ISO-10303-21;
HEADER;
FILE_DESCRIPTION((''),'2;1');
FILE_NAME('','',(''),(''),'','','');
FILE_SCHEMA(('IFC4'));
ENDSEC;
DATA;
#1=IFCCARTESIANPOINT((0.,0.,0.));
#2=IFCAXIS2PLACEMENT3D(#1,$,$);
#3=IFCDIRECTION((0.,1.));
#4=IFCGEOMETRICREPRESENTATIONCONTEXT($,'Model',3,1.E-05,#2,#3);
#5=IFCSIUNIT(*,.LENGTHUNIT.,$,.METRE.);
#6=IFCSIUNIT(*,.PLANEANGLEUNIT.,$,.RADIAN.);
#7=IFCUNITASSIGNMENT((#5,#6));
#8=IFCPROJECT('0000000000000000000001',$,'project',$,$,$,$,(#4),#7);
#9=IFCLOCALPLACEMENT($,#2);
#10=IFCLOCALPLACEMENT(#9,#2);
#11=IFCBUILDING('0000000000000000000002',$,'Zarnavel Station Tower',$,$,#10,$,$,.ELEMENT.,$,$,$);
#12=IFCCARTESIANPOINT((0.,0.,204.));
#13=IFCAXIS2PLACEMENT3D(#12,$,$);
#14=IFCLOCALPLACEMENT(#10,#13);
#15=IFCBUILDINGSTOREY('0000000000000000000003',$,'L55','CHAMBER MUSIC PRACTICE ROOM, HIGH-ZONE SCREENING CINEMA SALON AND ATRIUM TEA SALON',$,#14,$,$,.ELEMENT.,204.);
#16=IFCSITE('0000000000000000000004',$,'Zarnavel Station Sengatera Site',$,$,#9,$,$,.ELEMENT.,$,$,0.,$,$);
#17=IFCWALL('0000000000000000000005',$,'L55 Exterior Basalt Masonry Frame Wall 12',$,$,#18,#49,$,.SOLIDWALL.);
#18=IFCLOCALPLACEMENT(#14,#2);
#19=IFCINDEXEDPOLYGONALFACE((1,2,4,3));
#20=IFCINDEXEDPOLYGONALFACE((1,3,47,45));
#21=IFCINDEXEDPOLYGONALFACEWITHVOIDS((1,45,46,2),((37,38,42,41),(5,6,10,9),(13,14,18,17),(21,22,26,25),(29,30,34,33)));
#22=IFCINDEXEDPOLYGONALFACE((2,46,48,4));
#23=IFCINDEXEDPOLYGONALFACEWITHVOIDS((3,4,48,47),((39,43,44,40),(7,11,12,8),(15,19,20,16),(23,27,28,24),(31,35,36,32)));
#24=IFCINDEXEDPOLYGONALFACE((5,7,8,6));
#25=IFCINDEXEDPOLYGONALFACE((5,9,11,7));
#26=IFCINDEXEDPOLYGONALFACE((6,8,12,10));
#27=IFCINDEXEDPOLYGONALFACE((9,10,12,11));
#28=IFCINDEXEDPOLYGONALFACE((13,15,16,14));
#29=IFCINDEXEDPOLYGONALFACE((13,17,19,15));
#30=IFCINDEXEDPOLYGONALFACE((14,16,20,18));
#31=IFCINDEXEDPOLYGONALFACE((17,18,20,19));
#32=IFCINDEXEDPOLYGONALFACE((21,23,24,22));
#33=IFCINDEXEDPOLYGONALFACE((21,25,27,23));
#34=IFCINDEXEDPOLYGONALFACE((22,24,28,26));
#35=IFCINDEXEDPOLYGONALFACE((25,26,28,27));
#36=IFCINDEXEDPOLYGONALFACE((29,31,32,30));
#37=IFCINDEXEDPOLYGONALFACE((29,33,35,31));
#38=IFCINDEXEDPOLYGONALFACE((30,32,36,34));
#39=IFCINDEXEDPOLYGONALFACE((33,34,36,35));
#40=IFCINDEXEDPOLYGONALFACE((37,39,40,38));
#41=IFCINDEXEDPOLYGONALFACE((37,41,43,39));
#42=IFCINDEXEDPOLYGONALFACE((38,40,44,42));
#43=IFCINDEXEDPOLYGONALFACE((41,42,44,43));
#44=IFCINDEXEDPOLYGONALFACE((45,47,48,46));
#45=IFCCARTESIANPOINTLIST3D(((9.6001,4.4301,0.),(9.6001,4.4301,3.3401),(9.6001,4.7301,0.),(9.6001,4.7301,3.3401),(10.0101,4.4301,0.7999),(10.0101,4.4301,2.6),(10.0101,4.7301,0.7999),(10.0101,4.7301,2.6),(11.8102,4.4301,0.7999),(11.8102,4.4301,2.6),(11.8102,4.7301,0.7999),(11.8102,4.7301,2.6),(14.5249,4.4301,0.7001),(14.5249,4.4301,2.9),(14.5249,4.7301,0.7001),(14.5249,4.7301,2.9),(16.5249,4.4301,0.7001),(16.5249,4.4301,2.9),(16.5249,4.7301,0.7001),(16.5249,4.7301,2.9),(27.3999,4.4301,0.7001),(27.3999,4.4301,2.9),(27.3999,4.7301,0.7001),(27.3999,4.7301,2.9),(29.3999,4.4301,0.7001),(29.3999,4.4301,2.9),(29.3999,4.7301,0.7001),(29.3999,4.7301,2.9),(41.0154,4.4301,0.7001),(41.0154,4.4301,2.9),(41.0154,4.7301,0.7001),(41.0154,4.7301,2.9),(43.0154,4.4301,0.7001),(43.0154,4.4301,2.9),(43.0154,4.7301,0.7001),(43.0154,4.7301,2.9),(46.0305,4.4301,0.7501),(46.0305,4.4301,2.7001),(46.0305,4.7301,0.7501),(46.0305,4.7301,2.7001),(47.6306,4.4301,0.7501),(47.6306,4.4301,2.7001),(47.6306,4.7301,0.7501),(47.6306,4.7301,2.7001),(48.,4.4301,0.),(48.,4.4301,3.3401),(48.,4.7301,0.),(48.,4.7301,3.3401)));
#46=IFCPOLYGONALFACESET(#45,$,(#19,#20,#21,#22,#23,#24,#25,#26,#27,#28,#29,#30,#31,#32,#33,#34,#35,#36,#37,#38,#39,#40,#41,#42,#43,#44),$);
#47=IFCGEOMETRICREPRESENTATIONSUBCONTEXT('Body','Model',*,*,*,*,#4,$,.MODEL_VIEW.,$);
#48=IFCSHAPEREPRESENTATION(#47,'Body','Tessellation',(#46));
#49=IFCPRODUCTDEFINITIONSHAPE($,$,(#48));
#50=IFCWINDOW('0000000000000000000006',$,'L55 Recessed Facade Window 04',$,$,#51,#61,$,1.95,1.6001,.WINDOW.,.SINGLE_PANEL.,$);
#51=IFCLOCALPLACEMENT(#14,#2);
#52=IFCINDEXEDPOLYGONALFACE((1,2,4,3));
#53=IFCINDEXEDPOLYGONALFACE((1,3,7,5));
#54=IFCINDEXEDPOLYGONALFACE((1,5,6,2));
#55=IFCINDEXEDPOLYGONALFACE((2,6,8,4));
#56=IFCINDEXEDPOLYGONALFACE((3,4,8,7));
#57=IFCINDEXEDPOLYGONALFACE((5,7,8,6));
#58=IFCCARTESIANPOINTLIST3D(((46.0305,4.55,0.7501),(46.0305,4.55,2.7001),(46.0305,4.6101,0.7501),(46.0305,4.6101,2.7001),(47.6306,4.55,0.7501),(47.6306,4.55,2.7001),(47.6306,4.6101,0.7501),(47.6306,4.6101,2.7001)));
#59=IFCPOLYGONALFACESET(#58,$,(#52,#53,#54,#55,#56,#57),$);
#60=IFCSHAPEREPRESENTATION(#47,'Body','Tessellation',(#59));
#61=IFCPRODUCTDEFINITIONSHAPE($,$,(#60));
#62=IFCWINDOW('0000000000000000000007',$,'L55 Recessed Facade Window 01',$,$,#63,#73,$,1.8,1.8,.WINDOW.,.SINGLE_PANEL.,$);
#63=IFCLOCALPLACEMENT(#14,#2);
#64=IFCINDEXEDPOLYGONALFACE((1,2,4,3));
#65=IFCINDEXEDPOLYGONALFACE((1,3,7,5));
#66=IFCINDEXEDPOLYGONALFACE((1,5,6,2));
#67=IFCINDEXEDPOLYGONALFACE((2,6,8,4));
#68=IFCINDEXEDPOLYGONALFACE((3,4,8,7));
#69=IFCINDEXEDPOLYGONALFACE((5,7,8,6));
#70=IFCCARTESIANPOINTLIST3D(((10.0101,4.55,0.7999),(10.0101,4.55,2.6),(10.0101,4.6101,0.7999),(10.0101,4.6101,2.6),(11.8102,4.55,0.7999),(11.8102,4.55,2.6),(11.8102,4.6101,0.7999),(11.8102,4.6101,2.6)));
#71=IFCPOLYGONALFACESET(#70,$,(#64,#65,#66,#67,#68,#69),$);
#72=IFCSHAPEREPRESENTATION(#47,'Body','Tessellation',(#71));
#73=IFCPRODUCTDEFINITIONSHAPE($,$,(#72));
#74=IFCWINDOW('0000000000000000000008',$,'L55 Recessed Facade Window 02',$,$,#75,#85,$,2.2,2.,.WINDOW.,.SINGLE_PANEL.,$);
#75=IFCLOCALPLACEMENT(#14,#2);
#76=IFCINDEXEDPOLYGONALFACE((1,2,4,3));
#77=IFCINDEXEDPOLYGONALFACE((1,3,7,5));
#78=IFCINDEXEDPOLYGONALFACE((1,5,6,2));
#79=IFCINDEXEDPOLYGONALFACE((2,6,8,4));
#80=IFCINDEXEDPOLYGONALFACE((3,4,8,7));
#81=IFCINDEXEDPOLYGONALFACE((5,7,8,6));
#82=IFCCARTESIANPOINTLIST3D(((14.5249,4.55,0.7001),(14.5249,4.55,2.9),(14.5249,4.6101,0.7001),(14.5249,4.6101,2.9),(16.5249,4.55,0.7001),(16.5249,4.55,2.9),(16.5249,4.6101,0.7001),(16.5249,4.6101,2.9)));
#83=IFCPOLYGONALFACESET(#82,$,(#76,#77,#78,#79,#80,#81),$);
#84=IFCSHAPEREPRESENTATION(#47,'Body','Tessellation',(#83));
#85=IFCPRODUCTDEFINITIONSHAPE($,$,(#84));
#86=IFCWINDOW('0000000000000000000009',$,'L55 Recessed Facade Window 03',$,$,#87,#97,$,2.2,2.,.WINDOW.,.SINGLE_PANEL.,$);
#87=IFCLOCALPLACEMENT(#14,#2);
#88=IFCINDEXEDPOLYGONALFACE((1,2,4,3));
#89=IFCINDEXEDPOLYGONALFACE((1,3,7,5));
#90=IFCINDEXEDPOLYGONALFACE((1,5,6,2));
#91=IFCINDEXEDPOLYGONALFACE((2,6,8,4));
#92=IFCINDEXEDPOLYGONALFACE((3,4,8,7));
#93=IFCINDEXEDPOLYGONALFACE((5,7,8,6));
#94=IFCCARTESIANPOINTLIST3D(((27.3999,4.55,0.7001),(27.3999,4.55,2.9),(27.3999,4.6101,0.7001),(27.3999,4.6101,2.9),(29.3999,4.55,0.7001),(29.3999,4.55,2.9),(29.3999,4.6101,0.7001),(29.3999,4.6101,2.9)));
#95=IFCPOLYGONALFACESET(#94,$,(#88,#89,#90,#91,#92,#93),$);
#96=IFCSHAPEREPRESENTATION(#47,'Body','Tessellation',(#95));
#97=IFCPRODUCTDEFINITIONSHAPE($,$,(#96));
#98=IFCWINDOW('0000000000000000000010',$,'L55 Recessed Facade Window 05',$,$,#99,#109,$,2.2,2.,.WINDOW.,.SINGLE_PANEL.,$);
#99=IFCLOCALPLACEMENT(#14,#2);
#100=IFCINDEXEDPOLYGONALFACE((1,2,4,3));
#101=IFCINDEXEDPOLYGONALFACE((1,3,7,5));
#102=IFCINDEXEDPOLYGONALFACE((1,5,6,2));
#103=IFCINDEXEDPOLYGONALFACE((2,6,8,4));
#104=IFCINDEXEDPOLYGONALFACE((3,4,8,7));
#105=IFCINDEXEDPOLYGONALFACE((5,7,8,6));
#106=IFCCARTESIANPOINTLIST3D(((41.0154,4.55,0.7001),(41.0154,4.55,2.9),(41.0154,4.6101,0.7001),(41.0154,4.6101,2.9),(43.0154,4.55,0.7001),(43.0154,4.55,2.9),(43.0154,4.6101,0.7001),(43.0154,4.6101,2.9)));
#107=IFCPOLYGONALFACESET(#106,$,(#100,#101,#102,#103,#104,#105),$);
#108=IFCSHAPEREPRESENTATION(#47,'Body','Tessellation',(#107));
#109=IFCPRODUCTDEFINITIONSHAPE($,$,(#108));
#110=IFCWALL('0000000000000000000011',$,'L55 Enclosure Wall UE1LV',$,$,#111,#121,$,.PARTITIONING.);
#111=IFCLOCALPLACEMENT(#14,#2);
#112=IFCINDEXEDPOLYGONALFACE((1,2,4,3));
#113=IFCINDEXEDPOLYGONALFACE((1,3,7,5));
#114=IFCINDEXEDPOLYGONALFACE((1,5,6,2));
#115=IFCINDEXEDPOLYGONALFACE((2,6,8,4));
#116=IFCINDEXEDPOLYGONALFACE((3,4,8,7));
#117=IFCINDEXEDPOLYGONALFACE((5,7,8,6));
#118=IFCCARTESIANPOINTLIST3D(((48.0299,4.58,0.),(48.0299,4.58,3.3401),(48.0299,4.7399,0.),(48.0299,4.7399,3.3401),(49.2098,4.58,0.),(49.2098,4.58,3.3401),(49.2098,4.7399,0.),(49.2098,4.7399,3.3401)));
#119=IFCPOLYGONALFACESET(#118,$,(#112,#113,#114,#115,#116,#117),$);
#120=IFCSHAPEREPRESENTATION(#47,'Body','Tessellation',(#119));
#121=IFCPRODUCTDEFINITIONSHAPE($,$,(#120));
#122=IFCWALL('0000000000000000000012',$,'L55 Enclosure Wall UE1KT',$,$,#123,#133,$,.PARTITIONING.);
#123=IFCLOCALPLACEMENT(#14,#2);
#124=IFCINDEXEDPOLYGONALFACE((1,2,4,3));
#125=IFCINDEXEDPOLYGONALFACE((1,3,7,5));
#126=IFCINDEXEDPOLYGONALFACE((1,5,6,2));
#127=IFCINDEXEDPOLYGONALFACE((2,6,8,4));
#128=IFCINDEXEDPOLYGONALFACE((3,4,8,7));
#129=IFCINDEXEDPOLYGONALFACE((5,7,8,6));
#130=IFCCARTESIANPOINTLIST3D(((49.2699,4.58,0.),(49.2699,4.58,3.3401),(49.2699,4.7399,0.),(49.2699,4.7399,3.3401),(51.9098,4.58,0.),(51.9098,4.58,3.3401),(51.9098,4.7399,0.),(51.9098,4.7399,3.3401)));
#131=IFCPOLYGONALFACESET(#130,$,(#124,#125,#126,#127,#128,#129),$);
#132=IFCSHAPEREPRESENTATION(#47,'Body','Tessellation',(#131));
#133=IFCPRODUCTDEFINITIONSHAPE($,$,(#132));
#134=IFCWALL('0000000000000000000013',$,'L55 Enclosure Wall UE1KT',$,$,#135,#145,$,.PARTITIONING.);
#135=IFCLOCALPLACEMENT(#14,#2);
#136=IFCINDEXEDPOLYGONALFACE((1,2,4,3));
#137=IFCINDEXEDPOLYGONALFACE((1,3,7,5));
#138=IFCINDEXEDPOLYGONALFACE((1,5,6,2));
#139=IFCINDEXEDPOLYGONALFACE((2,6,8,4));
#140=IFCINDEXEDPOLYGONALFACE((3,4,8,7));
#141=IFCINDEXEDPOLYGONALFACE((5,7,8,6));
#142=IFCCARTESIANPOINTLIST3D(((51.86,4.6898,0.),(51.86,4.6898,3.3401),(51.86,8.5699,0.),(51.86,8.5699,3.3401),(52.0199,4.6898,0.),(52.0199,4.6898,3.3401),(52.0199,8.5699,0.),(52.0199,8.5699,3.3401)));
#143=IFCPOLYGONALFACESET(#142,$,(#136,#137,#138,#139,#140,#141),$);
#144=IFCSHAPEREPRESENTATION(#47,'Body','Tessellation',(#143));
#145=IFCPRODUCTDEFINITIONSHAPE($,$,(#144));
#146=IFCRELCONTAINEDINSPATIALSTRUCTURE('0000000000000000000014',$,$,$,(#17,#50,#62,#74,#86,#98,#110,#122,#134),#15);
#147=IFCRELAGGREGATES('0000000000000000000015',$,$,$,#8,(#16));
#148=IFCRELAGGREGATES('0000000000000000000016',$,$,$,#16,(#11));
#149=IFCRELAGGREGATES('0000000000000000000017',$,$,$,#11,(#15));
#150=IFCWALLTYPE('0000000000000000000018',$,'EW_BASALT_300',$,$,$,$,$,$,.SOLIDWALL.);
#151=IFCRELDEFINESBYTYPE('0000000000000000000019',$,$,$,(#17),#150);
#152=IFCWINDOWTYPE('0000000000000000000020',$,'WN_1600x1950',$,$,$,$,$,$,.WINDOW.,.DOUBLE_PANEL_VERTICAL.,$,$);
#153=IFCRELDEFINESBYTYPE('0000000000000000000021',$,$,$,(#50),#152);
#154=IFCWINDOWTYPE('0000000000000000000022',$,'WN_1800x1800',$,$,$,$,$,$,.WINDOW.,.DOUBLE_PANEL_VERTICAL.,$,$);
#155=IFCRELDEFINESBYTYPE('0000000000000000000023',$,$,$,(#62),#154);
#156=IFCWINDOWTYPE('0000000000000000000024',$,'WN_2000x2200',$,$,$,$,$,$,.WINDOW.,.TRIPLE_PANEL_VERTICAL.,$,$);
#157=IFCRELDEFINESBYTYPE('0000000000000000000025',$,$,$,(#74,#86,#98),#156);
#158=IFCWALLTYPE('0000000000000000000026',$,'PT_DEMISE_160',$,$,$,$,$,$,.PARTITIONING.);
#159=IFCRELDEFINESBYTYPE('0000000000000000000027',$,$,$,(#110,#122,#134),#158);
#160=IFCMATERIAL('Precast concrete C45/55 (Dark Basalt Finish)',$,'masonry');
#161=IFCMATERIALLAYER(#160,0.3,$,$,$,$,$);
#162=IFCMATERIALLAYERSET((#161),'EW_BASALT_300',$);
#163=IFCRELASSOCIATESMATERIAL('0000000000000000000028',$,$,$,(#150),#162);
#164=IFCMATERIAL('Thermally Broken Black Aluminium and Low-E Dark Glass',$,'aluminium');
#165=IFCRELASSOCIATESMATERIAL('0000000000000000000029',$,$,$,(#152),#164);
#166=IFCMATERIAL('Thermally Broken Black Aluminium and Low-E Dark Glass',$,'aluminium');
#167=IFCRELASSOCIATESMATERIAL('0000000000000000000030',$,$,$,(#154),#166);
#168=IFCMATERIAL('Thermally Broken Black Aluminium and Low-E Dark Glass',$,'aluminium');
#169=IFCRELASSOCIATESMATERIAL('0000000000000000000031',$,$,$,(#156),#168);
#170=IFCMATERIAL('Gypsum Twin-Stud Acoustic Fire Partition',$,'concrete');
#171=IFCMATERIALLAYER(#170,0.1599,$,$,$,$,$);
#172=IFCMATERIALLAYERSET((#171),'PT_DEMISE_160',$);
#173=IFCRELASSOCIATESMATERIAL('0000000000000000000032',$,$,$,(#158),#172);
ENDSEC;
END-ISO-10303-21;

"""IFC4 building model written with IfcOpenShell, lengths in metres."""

from ifc_helpers import new_model, si_unit, direction, frame, frame_2d, origin, place, context, subcontext, project, spatial, rectangle, extrude, material, layer, layer_set, type_object, element, fill, save


model = new_model("IFC4")

# Units and contexts
model_context = context("Model", 3, precision=1e-05, world=origin(), true_north=direction((0.0, 1.0)))
body_context = subcontext(model_context, "Body", "Model", "MODEL_VIEW")
ifc_project = project(units=[si_unit("LENGTHUNIT", "METRE"), si_unit("PLANEANGLEUNIT", "RADIAN")], contexts=[model_context])

# Site, building, storey
site_placement = place(None, origin())
site = spatial("IfcSite", under=ifc_project, at=site_placement, Name="Zarnavel Station Sengatera Site", CompositionType="ELEMENT", RefElevation=0.0)
building_placement = place(site_placement, origin())
building = spatial("IfcBuilding", under=site, at=building_placement, Name="Zarnavel Station Tower", CompositionType="ELEMENT")
storey_placement = place(building_placement, frame((0.0, 0.0, 204.0)))
storey = spatial("IfcBuildingStorey", under=building, at=storey_placement, Name="L55", Description="CHAMBER MUSIC PRACTICE ROOM, HIGH-ZONE SCREENING CINEMA SALON AND ATRIUM TEA SALON", CompositionType="ELEMENT", Elevation=204.0)

# Shared definitions
ifc_material_1 = material(Name="Precast concrete C45/55 (Dark Basalt Finish)", Category="masonry")
ifc_layer_1 = layer(ifc_material_1, 0.3)
ifc_layer_set_1 = layer_set([ifc_layer_1], Name="EW_BASALT_300")
wall_type_1 = type_object("IfcWallType", Name="EW_BASALT_300", PredefinedType="SOLIDWALL", material=ifc_layer_set_1)

# Wall, openings, windows
wall_1_placement = place(storey_placement, frame((48.0, 4.5801, 0.0), z_axis=(0.0, 0.0, 1.0), x_axis=(-1.0, 0.0, 0.0)))
wall_1 = element("IfcWall", 1, at=wall_1_placement, inside=storey, type_object=wall_type_1, Name="L55 Exterior Basalt Masonry Frame Wall 12", PredefinedType="SOLIDWALL", context=body_context, shape_type="SweptSolid", body=[
    extrude(rectangle(XDim=38.3999, YDim=0.3, at=frame_2d((19.2, 0.0))), origin(), (0.0, 0.0, 1.0), 3.3401),
])
opening_1_placement = place(wall_1_placement, frame((36.1899, 0.0, 0.8)))
opening_1 = element("IfcOpeningElement", 2, at=opening_1_placement, cuts=wall_1, PredefinedType="OPENING", context=body_context, shape_type="SweptSolid", body=[
    extrude(rectangle(XDim=1.8, YDim=1.8, at=frame_2d((0.8999, 0.8999))), frame((0.0, 0.1599, 0.0), z_axis=(0.0, -1.0, 0.0), x_axis=(1.0, 0.0, 0.0)), (0.0, 0.0, 1.0), 0.3201),
])
opening_2_placement = place(wall_1_placement, frame((31.4751, 0.0, 0.7)))
opening_2 = element("IfcOpeningElement", 3, at=opening_2_placement, cuts=wall_1, PredefinedType="OPENING", context=body_context, shape_type="SweptSolid", body=[
    extrude(rectangle(XDim=2.0, YDim=2.2, at=frame_2d((1.0, 1.1001))), frame((0.0, 0.1599, 0.0), z_axis=(0.0, -1.0, 0.0), x_axis=(1.0, 0.0, 0.0)), (0.0, 0.0, 1.0), 0.3201),
])
opening_3_placement = place(wall_1_placement, frame((18.6001, 0.0, 0.7)))
opening_3 = element("IfcOpeningElement", 4, at=opening_3_placement, cuts=wall_1, PredefinedType="OPENING", context=body_context, shape_type="SweptSolid", body=[
    extrude(rectangle(XDim=2.0, YDim=2.2, at=frame_2d((1.0, 1.1001))), frame((0.0, 0.1599, 0.0), z_axis=(0.0, -1.0, 0.0), x_axis=(1.0, 0.0, 0.0)), (0.0, 0.0, 1.0), 0.3201),
])
opening_4_placement = place(wall_1_placement, frame((0.3694, 0.0, 0.75)))
opening_4 = element("IfcOpeningElement", 5, at=opening_4_placement, cuts=wall_1, PredefinedType="OPENING", context=body_context, shape_type="SweptSolid", body=[
    extrude(rectangle(XDim=1.6001, YDim=1.95, at=frame_2d((0.8, 0.9751))), frame((0.0, 0.1599, 0.0), z_axis=(0.0, -1.0, 0.0), x_axis=(1.0, 0.0, 0.0)), (0.0, 0.0, 1.0), 0.3201),
])
opening_5_placement = place(wall_1_placement, frame((4.9846, 0.0, 0.7)))
opening_5 = element("IfcOpeningElement", 6, at=opening_5_placement, cuts=wall_1, PredefinedType="OPENING", context=body_context, shape_type="SweptSolid", body=[
    extrude(rectangle(XDim=2.0, YDim=2.2, at=frame_2d((1.0, 1.1001))), frame((0.0, 0.1599, 0.0), z_axis=(0.0, -1.0, 0.0), x_axis=(1.0, 0.0, 0.0)), (0.0, 0.0, 1.0), 0.3201),
])
ifc_material_2 = material(Name="Thermally Broken Black Aluminium and Low-E Dark Glass", Category="aluminium")
window_type_1 = type_object("IfcWindowType", Name="WN_1600x1950", PartitioningType="DOUBLE_PANEL_VERTICAL", PredefinedType="WINDOW", material=ifc_material_2)
window_1_placement = place(opening_4_placement, origin())
window_1 = element("IfcWindow", 7, at=window_1_placement, inside=storey, type_object=window_type_1, Name="L55 Recessed Facade Window 04", OverallHeight=1.95, OverallWidth=1.6001, PartitioningType="SINGLE_PANEL", PredefinedType="WINDOW", context=body_context, shape_type="SweptSolid", body=[
    extrude(rectangle(XDim=1.6001, YDim=1.95, at=frame_2d((0.8, 0.9751))), frame((0.0, 0.03, 0.0), z_axis=(0.0, -1.0, 0.0), x_axis=(1.0, 0.0, 0.0)), (0.0, 0.0, 1.0), 0.0601),
])
fill(opening_4, window_1)
ifc_material_3 = material(Name="Thermally Broken Black Aluminium and Low-E Dark Glass", Category="aluminium")
window_type_2 = type_object("IfcWindowType", Name="WN_1800x1800", PartitioningType="DOUBLE_PANEL_VERTICAL", PredefinedType="WINDOW", material=ifc_material_3)
window_2_placement = place(opening_1_placement, origin())
window_2 = element("IfcWindow", 8, at=window_2_placement, inside=storey, type_object=window_type_2, Name="L55 Recessed Facade Window 01", OverallHeight=1.8, OverallWidth=1.8, PartitioningType="SINGLE_PANEL", PredefinedType="WINDOW", context=body_context, shape_type="SweptSolid", body=[
    extrude(rectangle(XDim=1.8, YDim=1.8, at=frame_2d((0.8999, 0.8999))), frame((0.0, 0.03, 0.0), z_axis=(0.0, -1.0, 0.0), x_axis=(1.0, 0.0, 0.0)), (0.0, 0.0, 1.0), 0.0601),
])
fill(opening_1, window_2)
ifc_material_4 = material(Name="Thermally Broken Black Aluminium and Low-E Dark Glass", Category="aluminium")
window_type_3 = type_object("IfcWindowType", Name="WN_2000x2200", PartitioningType="TRIPLE_PANEL_VERTICAL", PredefinedType="WINDOW", material=ifc_material_4)
window_3_placement = place(opening_2_placement, origin())
window_3 = element("IfcWindow", 9, at=window_3_placement, inside=storey, type_object=window_type_3, Name="L55 Recessed Facade Window 02", OverallHeight=2.2, OverallWidth=2.0, PartitioningType="SINGLE_PANEL", PredefinedType="WINDOW", context=body_context, shape_type="SweptSolid", body=[
    extrude(rectangle(XDim=2.0, YDim=2.2, at=frame_2d((1.0, 1.1001))), frame((0.0, 0.03, 0.0), z_axis=(0.0, -1.0, 0.0), x_axis=(1.0, 0.0, 0.0)), (0.0, 0.0, 1.0), 0.0601),
])
fill(opening_2, window_3)
window_4_placement = place(opening_3_placement, origin())
window_4 = element("IfcWindow", 10, at=window_4_placement, inside=storey, type_object=window_type_3, Name="L55 Recessed Facade Window 03", OverallHeight=2.2, OverallWidth=2.0, PartitioningType="SINGLE_PANEL", PredefinedType="WINDOW", context=body_context, shape_type="SweptSolid", body=[
    extrude(rectangle(XDim=2.0, YDim=2.2, at=frame_2d((1.0, 1.1001))), frame((0.0, 0.03, 0.0), z_axis=(0.0, -1.0, 0.0), x_axis=(1.0, 0.0, 0.0)), (0.0, 0.0, 1.0), 0.0601),
])
fill(opening_3, window_4)
window_5_placement = place(opening_5_placement, origin())
window_5 = element("IfcWindow", 11, at=window_5_placement, inside=storey, type_object=window_type_3, Name="L55 Recessed Facade Window 05", OverallHeight=2.2, OverallWidth=2.0, PartitioningType="SINGLE_PANEL", PredefinedType="WINDOW", context=body_context, shape_type="SweptSolid", body=[
    extrude(rectangle(XDim=2.0, YDim=2.2, at=frame_2d((1.0, 1.1001))), frame((0.0, 0.03, 0.0), z_axis=(0.0, -1.0, 0.0), x_axis=(1.0, 0.0, 0.0)), (0.0, 0.0, 1.0), 0.0601),
])
fill(opening_5, window_5)

# Walls
ifc_material_5 = material(Name="Gypsum Twin-Stud Acoustic Fire Partition", Category="concrete")
ifc_layer_2 = layer(ifc_material_5, 0.1599)
ifc_layer_set_2 = layer_set([ifc_layer_2], Name="PT_DEMISE_160")
wall_type_2 = type_object("IfcWallType", Name="PT_DEMISE_160", PredefinedType="PARTITIONING", material=ifc_layer_set_2)
wall_2_placement = place(storey_placement, frame((48.03, 4.6599, 0.0), z_axis=(0.0, 0.0, 1.0), x_axis=(1.0, 0.0, 0.0)))
element("IfcWall", 12, at=wall_2_placement, inside=storey, type_object=wall_type_2, Name="L55 Enclosure Wall UE1LV", PredefinedType="PARTITIONING", context=body_context, shape_type="SweptSolid", body=[
    extrude(rectangle(XDim=1.1799, YDim=0.1599, at=frame_2d((0.5898, 0.0))), origin(), (0.0, 0.0, 1.0), 3.3401),
])
wall_3_placement = place(storey_placement, frame((49.27, 4.6599, 0.0), z_axis=(0.0, 0.0, 1.0), x_axis=(1.0, 0.0, 0.0)))
element("IfcWall", 13, at=wall_3_placement, inside=storey, type_object=wall_type_2, Name="L55 Enclosure Wall UE1KT", PredefinedType="PARTITIONING", context=body_context, shape_type="SweptSolid", body=[
    extrude(rectangle(XDim=2.6399, YDim=0.1599, at=frame_2d((1.3198, 0.0))), origin(), (0.0, 0.0, 1.0), 3.3401),
])
wall_4_placement = place(storey_placement, frame((51.9399, 4.6899, 0.0), z_axis=(0.0, 0.0, 1.0), x_axis=(0.0, 1.0, 0.0)))
element("IfcWall", 14, at=wall_4_placement, inside=storey, type_object=wall_type_2, Name="L55 Enclosure Wall UE1KT", PredefinedType="PARTITIONING", context=body_context, shape_type="SweptSolid", body=[
    extrude(rectangle(XDim=3.8801, YDim=0.1599, at=frame_2d((1.9399, 0.0))), origin(), (0.0, 0.0, 1.0), 3.3401),
])

save(model, "model.ifc")
